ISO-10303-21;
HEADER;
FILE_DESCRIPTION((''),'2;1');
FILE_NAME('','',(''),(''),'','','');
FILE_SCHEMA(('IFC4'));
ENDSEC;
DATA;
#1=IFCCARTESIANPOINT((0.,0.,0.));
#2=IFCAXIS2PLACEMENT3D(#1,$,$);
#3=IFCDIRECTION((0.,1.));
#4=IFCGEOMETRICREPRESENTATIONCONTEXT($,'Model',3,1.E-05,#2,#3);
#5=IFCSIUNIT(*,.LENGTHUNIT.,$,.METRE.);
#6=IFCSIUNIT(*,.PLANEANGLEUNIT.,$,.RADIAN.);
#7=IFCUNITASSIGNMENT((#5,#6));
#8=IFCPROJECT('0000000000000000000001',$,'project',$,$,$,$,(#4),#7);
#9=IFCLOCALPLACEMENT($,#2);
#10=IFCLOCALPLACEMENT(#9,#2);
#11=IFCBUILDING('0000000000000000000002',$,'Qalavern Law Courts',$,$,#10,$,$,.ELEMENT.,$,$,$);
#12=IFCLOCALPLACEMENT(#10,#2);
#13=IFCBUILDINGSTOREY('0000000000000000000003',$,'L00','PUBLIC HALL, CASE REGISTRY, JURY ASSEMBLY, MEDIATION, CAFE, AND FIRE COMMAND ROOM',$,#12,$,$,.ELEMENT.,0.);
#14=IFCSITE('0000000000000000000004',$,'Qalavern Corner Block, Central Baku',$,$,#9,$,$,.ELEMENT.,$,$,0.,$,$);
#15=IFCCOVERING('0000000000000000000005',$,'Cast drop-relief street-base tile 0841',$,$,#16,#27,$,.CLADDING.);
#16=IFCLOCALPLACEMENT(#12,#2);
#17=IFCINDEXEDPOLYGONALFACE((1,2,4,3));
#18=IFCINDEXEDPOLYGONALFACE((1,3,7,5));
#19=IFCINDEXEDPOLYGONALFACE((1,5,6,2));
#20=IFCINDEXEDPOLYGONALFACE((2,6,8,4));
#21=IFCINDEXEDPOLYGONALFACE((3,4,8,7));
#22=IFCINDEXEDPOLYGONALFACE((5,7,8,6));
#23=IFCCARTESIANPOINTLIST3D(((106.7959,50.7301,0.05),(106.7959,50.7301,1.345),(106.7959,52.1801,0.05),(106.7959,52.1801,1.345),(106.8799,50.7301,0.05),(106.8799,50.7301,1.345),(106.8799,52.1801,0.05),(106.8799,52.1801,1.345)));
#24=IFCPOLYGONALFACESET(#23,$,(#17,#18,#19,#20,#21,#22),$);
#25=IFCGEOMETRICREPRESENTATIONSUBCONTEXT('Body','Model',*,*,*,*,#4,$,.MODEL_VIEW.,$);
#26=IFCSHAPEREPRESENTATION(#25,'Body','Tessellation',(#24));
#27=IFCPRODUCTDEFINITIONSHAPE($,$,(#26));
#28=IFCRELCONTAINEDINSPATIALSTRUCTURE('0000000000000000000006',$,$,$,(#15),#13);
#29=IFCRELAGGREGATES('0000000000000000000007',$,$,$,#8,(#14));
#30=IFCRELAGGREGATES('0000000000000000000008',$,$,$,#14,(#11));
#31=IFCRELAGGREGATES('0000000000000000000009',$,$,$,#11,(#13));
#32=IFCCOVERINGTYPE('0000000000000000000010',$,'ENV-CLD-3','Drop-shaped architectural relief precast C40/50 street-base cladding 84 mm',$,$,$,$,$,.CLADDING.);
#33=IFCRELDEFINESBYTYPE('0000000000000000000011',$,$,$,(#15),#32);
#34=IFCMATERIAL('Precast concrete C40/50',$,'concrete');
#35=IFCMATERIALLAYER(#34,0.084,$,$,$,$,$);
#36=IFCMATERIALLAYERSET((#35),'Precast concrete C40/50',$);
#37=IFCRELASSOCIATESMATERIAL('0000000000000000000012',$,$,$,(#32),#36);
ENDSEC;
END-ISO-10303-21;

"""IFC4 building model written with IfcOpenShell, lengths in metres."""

from ifc_helpers import new_model, si_unit, direction, frame, origin, origin_2d, place, context, subcontext, project, spatial, rectangle, extrude, material, layer, layer_set, type_object, element, save


model = new_model("IFC4")

# Units and contexts
model_context = context("Model", 3, precision=1e-05, world=origin(), true_north=direction((0.0, 1.0)))
body_context = subcontext(model_context, "Body", "Model", "MODEL_VIEW")
ifc_project = project(units=[si_unit("LENGTHUNIT", "METRE"), si_unit("PLANEANGLEUNIT", "RADIAN")], contexts=[model_context])

# Site, building, storey
site_placement = place(None, origin())
site = spatial("IfcSite", under=ifc_project, at=site_placement, Name="Qalavern Corner Block, Central Baku", CompositionType="ELEMENT", RefElevation=0.0)
building_placement = place(site_placement, origin())
building = spatial("IfcBuilding", under=site, at=building_placement, Name="Qalavern Law Courts", CompositionType="ELEMENT")
storey_placement = place(building_placement, origin())
storey = spatial("IfcBuildingStorey", under=building, at=storey_placement, Name="L00", Description="PUBLIC HALL, CASE REGISTRY, JURY ASSEMBLY, MEDIATION, CAFE, AND FIRE COMMAND ROOM", CompositionType="ELEMENT", Elevation=0.0)

# Covering
ifc_material_1 = material(Name="Precast concrete C40/50", Category="concrete")
ifc_layer_1 = layer(ifc_material_1, 0.084)
ifc_layer_set_1 = layer_set([ifc_layer_1], Name="Precast concrete C40/50")
covering_type_1 = type_object("IfcCoveringType", Name="ENV-CLD-3", Description="Drop-shaped architectural relief precast C40/50 street-base cladding 84 mm", PredefinedType="CLADDING", material=ifc_layer_set_1)
for number, where, z_axis, x_axis, name in (
    (1, (106.8379, 51.4551, 0.05), (0.0, 0.0, 1.0), (0.0, 1.0, 0.0), "Cast drop-relief street-base tile 0841"),
):
    element("IfcCovering", number, at=place(storey_placement, frame(where, z_axis=z_axis, x_axis=x_axis)), inside=storey, type_object=covering_type_1, Name=name, PredefinedType="CLADDING", context=body_context, shape_type="SweptSolid", body=[
        extrude(rectangle(XDim=1.45, YDim=0.084, at=origin_2d()), origin(), (0.0, 0.0, 1.0), 1.2949),
    ])

save(model, "model.ifc")
